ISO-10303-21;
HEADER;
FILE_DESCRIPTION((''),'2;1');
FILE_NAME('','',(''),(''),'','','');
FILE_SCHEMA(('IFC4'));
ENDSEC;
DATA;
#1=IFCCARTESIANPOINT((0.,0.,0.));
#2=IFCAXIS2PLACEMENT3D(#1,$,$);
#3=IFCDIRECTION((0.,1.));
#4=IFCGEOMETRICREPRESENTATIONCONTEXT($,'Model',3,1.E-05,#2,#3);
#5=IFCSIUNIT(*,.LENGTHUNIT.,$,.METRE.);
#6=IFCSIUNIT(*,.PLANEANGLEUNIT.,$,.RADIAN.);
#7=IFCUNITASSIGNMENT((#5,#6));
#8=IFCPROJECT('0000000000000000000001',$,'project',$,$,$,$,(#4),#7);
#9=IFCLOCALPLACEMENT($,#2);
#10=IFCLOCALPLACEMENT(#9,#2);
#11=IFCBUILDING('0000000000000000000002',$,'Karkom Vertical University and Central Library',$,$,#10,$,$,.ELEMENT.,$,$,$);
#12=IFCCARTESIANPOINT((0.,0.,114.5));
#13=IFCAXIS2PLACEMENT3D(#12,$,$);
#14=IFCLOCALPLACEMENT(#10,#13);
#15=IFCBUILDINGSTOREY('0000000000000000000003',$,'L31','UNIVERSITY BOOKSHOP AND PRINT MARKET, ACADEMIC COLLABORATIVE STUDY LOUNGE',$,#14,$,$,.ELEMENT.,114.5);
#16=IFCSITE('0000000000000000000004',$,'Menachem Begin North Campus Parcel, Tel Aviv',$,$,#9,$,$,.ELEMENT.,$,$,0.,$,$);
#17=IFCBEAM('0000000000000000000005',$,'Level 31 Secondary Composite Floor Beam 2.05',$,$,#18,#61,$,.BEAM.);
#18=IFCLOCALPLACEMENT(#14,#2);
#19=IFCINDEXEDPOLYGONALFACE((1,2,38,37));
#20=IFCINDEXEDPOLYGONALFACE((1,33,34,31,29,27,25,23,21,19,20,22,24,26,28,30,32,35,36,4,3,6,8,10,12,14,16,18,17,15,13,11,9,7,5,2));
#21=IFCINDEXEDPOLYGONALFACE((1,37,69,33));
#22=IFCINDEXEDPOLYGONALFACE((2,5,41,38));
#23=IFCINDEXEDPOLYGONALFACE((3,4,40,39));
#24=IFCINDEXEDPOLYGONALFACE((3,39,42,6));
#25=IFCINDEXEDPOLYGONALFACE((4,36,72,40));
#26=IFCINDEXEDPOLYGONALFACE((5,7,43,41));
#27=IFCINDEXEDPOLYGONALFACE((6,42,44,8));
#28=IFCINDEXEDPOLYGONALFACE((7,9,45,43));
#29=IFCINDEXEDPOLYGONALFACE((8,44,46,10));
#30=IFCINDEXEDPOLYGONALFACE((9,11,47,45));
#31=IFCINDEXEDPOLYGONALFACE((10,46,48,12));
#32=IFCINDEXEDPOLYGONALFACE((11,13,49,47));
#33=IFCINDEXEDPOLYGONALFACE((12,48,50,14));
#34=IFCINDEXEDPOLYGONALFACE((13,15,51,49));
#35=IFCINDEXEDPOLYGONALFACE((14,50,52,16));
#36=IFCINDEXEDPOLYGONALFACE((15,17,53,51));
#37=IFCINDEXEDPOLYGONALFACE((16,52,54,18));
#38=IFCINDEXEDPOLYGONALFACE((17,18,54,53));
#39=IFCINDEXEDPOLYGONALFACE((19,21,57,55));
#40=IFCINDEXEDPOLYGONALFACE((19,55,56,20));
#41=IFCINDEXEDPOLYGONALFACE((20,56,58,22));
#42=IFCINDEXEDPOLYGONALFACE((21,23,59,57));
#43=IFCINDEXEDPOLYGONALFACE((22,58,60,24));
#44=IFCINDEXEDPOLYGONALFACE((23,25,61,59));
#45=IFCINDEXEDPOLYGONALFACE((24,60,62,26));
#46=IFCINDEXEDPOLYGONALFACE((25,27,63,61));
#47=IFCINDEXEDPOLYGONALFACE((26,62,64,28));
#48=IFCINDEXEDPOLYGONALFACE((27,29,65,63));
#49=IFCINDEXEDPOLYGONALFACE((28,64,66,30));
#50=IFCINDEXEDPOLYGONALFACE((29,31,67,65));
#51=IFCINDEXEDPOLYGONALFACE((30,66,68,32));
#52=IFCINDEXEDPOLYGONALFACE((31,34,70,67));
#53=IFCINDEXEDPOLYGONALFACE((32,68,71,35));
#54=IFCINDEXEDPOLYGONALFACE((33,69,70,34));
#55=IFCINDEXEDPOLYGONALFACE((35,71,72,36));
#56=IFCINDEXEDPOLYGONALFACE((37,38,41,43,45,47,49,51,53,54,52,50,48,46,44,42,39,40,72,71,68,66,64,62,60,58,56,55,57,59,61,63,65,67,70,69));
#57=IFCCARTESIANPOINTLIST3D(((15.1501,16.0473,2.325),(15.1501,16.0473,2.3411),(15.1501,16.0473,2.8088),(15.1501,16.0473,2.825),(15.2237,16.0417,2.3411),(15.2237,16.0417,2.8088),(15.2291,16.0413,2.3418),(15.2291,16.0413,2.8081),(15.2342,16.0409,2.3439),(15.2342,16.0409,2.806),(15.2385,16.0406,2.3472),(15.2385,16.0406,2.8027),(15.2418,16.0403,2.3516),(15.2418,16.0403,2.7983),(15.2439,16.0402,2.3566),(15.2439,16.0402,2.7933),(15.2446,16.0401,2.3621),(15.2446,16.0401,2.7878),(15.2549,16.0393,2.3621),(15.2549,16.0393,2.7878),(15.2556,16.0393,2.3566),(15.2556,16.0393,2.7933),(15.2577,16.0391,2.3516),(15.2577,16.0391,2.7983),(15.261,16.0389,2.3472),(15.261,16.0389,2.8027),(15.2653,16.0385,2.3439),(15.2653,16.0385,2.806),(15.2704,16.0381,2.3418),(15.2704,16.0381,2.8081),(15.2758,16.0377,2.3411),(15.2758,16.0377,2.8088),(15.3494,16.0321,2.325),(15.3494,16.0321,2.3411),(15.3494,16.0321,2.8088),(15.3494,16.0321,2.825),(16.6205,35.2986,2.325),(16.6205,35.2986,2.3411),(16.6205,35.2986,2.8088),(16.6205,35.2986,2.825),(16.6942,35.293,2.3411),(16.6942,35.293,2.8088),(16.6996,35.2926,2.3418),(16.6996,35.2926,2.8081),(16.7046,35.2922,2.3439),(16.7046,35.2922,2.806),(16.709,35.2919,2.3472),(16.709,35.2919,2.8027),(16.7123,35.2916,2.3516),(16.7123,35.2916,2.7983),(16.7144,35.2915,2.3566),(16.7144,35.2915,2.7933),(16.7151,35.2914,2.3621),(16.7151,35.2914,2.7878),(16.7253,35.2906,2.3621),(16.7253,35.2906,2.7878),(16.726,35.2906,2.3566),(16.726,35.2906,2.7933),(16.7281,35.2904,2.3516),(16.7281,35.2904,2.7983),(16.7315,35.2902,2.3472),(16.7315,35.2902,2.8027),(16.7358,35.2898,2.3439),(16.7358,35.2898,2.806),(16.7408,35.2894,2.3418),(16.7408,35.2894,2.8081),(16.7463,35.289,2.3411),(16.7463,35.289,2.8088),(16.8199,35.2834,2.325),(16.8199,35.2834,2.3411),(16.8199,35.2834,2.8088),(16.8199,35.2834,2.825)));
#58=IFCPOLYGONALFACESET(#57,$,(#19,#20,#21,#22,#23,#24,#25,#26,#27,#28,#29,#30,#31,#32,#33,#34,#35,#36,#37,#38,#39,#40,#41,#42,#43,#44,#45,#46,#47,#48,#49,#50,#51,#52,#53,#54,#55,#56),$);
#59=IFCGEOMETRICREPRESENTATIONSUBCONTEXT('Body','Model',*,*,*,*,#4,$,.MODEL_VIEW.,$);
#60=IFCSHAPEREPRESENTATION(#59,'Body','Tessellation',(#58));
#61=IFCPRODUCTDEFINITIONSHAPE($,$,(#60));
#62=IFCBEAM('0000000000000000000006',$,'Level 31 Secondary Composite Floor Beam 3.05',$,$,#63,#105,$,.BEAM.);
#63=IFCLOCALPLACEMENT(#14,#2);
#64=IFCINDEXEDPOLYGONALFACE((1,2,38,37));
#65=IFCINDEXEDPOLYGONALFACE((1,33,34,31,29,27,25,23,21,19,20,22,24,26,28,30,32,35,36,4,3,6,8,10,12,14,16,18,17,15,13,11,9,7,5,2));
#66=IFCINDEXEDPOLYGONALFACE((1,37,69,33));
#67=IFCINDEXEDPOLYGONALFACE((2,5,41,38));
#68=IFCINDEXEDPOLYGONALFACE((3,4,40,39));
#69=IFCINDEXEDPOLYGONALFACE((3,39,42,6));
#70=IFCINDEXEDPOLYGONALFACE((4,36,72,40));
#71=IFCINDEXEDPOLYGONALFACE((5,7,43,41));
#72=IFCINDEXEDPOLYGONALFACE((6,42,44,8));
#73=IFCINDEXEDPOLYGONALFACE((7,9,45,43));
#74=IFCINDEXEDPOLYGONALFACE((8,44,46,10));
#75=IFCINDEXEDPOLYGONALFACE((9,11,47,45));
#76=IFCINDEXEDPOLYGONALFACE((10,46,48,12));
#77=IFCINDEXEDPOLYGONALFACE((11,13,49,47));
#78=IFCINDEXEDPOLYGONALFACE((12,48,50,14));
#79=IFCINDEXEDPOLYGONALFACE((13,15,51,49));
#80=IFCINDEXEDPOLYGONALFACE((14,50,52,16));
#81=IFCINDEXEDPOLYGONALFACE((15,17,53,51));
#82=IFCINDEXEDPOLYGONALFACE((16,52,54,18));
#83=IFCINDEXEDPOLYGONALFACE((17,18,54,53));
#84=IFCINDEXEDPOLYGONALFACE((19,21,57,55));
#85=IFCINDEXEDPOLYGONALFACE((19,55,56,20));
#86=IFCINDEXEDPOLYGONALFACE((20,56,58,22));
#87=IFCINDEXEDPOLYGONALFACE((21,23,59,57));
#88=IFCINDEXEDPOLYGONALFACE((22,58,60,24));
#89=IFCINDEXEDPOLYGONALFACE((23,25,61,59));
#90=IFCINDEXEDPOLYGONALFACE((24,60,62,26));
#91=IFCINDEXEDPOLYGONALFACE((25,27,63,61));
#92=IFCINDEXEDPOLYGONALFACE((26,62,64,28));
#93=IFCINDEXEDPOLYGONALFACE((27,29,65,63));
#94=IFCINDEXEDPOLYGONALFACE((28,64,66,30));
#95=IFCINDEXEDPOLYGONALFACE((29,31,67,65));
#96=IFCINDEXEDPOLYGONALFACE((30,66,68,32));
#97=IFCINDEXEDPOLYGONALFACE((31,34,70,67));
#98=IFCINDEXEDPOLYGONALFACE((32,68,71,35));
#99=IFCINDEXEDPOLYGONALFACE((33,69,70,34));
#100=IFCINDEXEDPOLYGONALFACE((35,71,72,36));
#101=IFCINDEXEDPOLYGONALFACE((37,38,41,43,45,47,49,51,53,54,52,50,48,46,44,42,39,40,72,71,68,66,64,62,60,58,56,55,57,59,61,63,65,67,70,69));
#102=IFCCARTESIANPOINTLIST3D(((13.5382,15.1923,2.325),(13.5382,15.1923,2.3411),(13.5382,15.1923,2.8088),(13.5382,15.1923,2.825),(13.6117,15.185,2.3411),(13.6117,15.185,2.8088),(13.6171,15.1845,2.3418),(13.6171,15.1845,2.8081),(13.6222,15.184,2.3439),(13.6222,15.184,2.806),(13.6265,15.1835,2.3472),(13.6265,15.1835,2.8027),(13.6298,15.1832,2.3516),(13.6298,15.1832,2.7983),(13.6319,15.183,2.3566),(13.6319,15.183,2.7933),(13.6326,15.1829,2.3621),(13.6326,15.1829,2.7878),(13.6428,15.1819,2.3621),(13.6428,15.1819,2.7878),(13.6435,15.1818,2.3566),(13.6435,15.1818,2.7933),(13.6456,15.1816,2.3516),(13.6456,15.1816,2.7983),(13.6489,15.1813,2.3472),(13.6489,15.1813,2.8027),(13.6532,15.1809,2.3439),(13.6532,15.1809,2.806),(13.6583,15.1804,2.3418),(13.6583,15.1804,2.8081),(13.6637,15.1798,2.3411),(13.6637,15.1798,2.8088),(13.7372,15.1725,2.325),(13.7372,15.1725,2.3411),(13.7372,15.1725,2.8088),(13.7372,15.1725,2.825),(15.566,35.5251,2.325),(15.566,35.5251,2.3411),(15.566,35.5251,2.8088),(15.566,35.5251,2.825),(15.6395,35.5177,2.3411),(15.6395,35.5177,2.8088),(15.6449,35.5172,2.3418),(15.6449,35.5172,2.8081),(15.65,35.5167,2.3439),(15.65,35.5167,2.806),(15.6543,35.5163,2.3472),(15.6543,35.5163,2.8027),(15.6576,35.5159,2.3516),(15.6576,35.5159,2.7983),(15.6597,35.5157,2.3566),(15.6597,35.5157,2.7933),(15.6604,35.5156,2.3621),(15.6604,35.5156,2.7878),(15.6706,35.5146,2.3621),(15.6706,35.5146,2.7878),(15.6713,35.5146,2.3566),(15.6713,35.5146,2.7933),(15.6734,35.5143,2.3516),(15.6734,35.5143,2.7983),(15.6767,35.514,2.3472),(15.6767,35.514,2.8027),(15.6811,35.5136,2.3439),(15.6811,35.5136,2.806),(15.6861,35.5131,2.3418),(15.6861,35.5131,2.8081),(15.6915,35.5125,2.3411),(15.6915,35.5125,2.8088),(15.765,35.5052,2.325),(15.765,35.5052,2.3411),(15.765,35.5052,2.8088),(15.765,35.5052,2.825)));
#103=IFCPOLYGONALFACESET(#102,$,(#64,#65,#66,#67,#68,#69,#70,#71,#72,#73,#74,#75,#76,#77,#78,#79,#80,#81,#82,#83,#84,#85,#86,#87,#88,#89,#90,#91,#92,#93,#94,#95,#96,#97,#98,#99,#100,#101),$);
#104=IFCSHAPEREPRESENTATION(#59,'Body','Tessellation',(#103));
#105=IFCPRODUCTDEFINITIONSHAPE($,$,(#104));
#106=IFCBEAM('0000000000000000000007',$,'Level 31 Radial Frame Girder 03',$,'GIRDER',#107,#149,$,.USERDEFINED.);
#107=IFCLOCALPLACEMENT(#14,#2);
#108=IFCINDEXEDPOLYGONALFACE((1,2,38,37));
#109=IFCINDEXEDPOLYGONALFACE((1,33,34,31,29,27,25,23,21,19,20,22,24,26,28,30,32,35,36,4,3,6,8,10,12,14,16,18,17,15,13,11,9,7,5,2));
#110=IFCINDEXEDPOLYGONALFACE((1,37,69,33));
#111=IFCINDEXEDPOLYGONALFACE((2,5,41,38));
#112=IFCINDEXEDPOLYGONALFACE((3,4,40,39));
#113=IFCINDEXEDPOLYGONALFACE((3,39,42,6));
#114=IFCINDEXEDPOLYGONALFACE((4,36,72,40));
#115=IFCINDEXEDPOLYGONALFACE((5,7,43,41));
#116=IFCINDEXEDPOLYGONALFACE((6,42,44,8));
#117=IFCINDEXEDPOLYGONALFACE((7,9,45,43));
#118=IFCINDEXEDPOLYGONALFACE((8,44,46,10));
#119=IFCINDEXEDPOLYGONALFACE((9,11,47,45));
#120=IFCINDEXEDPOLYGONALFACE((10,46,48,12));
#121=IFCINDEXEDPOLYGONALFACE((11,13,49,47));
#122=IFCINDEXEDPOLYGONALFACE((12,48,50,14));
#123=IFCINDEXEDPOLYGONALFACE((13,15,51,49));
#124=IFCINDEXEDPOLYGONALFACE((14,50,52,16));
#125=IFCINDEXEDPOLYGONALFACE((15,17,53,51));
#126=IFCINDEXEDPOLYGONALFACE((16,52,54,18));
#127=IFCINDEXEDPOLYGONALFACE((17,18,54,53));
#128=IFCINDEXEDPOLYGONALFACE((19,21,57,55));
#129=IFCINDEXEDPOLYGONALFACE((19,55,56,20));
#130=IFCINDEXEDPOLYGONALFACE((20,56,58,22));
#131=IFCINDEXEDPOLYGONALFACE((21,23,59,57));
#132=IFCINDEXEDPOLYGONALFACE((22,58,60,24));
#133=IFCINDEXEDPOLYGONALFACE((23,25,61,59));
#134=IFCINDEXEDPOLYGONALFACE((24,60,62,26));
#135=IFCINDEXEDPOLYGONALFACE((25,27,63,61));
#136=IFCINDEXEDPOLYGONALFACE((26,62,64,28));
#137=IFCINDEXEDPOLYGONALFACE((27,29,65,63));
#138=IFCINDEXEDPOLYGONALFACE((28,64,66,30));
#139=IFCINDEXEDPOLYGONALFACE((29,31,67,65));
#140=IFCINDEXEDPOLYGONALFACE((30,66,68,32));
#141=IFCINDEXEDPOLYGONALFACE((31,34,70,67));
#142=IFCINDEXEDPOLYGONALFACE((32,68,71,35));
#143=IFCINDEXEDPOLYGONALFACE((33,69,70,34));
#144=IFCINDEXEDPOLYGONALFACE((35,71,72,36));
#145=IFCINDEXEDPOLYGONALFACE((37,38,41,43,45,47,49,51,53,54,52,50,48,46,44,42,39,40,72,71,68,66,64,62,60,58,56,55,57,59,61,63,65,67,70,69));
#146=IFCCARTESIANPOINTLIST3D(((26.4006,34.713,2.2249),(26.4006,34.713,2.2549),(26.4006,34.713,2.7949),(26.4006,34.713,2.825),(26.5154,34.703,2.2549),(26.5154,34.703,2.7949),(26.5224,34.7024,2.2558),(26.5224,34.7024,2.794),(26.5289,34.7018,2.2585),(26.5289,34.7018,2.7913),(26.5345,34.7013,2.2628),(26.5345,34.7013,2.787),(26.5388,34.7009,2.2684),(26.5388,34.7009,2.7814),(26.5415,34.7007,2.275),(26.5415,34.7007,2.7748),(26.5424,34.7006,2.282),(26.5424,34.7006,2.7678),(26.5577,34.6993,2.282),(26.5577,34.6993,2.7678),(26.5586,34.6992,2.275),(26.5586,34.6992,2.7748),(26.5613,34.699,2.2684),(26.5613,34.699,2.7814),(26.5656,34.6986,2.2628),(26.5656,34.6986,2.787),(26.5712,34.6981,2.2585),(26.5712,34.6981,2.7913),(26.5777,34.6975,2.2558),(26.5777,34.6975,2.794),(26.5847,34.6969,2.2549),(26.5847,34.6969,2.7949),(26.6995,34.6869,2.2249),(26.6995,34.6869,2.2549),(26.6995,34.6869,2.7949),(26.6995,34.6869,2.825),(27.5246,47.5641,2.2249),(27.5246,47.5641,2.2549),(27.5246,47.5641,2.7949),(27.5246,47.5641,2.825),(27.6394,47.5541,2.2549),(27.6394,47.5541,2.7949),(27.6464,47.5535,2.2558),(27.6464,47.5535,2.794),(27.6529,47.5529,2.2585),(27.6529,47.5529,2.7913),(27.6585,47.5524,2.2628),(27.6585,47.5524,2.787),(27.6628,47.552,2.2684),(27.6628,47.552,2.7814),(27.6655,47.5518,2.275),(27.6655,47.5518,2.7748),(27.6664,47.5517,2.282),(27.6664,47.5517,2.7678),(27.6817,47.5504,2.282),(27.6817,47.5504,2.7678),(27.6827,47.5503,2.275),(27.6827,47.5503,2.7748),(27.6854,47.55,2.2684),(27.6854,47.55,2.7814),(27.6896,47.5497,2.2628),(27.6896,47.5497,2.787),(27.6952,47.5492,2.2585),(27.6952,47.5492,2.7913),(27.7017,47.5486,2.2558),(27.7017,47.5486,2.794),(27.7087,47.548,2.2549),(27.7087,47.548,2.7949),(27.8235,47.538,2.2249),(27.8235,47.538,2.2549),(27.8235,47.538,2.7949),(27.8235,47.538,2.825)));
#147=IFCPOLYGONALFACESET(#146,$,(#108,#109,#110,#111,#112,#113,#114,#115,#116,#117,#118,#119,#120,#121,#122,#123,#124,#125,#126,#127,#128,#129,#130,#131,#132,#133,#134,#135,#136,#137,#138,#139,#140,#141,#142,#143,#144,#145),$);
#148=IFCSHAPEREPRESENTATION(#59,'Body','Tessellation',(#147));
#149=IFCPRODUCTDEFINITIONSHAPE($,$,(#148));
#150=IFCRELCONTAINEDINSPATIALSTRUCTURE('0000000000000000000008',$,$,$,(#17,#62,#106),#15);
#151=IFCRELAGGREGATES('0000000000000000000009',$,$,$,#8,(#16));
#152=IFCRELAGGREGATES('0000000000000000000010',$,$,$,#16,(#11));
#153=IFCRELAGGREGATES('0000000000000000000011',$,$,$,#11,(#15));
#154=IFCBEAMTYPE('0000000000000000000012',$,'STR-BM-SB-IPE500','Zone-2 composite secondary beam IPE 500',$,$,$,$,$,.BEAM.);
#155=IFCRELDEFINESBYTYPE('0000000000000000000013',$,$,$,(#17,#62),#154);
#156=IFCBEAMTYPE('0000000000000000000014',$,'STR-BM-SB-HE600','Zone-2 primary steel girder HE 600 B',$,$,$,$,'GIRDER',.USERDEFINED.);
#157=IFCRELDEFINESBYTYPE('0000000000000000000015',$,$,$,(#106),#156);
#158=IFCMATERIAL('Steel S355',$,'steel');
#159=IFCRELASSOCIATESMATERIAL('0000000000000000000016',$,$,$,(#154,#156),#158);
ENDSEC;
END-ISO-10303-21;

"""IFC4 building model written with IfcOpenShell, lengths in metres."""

from ifc_helpers import new_model, si_unit, direction, frame, origin, origin_with_axes, origin_2d, place, context, subcontext, project, spatial, i_section, extrude, source, transform, mapped, material, material_profile, profile_set, type_object, element, save


model = new_model("IFC4")

# Units and contexts
model_context = context("Model", 3, precision=1e-05, world=origin(), true_north=direction((0.0, 1.0)))
body_context = subcontext(model_context, "Body", "Model", "MODEL_VIEW")
ifc_project = project(units=[si_unit("LENGTHUNIT", "METRE"), si_unit("PLANEANGLEUNIT", "RADIAN")], contexts=[model_context])

# Site, building, storey
site_placement = place(None, origin())
site = spatial("IfcSite", under=ifc_project, at=site_placement, Name="Menachem Begin North Campus Parcel, Tel Aviv", CompositionType="ELEMENT", RefElevation=0.0)
building_placement = place(site_placement, origin())
building = spatial("IfcBuilding", under=site, at=building_placement, Name="Karkom Vertical University and Central Library", CompositionType="ELEMENT")
storey_placement = place(building_placement, frame((0.0, 0.0, 114.5)))
storey = spatial("IfcBuildingStorey", under=building, at=storey_placement, Name="L31", Description="UNIVERSITY BOOKSHOP AND PRINT MARKET, ACADEMIC COLLABORATIVE STUDY LOUNGE", CompositionType="ELEMENT", Elevation=114.5)

# Beams
ifc_material_1 = material(Name="Steel S355", Category="steel")
ifc_material_profile_1 = material_profile(ifc_material_1, i_section(OverallWidth=0.2, OverallDepth=0.5, WebThickness=0.0103, FlangeThickness=0.0161, FilletRadius=0.021, at=origin_2d()), Name="IPE 500")
ifc_profile_set_1 = profile_set([ifc_material_profile_1], Name="Steel S355")
beam_type_1 = type_object("IfcBeamType", Name="STR-BM-SB-IPE500", Description="Zone-2 composite secondary beam IPE 500", PredefinedType="BEAM", material=ifc_profile_set_1)
shared_shape_1 = source(origin_with_axes(), body_context, "Body", "SweptSolid", [
    extrude(i_section(OverallWidth=0.2, OverallDepth=0.5, WebThickness=0.0103, FlangeThickness=0.0161, FilletRadius=0.021, at=origin_2d()), origin(), (0.0, 0.0, 1.0), 19.3074),
])
beam_1_placement = place(storey_placement, frame((16.7202, 35.291, 2.575), z_axis=(-0.076161, -0.997096, 0.0), x_axis=(0.997096, -0.076161, 0.0)))
element("IfcBeam", 1, at=beam_1_placement, inside=storey, type_object=beam_type_1, Name="Level 31 Secondary Composite Floor Beam 2.05", PredefinedType="BEAM", context=body_context, shape_type="MappedRepresentation", body=[
    mapped(shared_shape_1, transform((0.0, 0.0, 0.0), scale=1.0)),
])
shared_shape_2 = source(origin_with_axes(), body_context, "Body", "SweptSolid", [
    extrude(i_section(OverallWidth=0.2, OverallDepth=0.5, WebThickness=0.0103, FlangeThickness=0.0161, FilletRadius=0.021, at=origin_2d()), origin(), (0.0, 0.0, 1.0), 20.4336),
])
beam_2_placement = place(storey_placement, frame((15.6655, 35.5151, 2.575), z_axis=(-0.09924, -0.995064, 0.0), x_axis=(0.995064, -0.09924, 0.0)))
element("IfcBeam", 2, at=beam_2_placement, inside=storey, type_object=beam_type_1, Name="Level 31 Secondary Composite Floor Beam 3.05", PredefinedType="BEAM", context=body_context, shape_type="MappedRepresentation", body=[
    mapped(shared_shape_2, transform((0.0, 0.0, 0.0), scale=1.0)),
])
ifc_material_profile_2 = material_profile(ifc_material_1, i_section(OverallWidth=0.3, OverallDepth=0.6001, WebThickness=0.0154, FlangeThickness=0.03, FilletRadius=0.0271, at=origin_2d()), Name="HE 600 B")
ifc_profile_set_2 = profile_set([ifc_material_profile_2], Name="Steel S355")
beam_type_2 = type_object("IfcBeamType", Name="STR-BM-SB-HE600", Description="Zone-2 primary steel girder HE 600 B", ElementType="GIRDER", PredefinedType="USERDEFINED", material=ifc_profile_set_2)
shared_shape_3 = source(origin_with_axes(), body_context, "Body", "SweptSolid", [
    extrude(i_section(OverallWidth=0.3, OverallDepth=0.6001, WebThickness=0.0154, FlangeThickness=0.03, FilletRadius=0.0271, at=origin_2d()), origin(), (0.0, 0.0, 1.0), 12.9001),
])
beam_3_placement = place(storey_placement, frame((26.55, 34.7, 2.5249), z_axis=(0.087133, 0.996197, 0.0), x_axis=(-0.996197, 0.087133, 0.0)))
element("IfcBeam", 3, at=beam_3_placement, inside=storey, type_object=beam_type_2, Name="Level 31 Radial Frame Girder 03", ObjectType="GIRDER", PredefinedType="USERDEFINED", context=body_context, shape_type="MappedRepresentation", body=[
    mapped(shared_shape_3, transform((0.0, 0.0, 0.0), scale=1.0)),
])

save(model, "model.ifc")
